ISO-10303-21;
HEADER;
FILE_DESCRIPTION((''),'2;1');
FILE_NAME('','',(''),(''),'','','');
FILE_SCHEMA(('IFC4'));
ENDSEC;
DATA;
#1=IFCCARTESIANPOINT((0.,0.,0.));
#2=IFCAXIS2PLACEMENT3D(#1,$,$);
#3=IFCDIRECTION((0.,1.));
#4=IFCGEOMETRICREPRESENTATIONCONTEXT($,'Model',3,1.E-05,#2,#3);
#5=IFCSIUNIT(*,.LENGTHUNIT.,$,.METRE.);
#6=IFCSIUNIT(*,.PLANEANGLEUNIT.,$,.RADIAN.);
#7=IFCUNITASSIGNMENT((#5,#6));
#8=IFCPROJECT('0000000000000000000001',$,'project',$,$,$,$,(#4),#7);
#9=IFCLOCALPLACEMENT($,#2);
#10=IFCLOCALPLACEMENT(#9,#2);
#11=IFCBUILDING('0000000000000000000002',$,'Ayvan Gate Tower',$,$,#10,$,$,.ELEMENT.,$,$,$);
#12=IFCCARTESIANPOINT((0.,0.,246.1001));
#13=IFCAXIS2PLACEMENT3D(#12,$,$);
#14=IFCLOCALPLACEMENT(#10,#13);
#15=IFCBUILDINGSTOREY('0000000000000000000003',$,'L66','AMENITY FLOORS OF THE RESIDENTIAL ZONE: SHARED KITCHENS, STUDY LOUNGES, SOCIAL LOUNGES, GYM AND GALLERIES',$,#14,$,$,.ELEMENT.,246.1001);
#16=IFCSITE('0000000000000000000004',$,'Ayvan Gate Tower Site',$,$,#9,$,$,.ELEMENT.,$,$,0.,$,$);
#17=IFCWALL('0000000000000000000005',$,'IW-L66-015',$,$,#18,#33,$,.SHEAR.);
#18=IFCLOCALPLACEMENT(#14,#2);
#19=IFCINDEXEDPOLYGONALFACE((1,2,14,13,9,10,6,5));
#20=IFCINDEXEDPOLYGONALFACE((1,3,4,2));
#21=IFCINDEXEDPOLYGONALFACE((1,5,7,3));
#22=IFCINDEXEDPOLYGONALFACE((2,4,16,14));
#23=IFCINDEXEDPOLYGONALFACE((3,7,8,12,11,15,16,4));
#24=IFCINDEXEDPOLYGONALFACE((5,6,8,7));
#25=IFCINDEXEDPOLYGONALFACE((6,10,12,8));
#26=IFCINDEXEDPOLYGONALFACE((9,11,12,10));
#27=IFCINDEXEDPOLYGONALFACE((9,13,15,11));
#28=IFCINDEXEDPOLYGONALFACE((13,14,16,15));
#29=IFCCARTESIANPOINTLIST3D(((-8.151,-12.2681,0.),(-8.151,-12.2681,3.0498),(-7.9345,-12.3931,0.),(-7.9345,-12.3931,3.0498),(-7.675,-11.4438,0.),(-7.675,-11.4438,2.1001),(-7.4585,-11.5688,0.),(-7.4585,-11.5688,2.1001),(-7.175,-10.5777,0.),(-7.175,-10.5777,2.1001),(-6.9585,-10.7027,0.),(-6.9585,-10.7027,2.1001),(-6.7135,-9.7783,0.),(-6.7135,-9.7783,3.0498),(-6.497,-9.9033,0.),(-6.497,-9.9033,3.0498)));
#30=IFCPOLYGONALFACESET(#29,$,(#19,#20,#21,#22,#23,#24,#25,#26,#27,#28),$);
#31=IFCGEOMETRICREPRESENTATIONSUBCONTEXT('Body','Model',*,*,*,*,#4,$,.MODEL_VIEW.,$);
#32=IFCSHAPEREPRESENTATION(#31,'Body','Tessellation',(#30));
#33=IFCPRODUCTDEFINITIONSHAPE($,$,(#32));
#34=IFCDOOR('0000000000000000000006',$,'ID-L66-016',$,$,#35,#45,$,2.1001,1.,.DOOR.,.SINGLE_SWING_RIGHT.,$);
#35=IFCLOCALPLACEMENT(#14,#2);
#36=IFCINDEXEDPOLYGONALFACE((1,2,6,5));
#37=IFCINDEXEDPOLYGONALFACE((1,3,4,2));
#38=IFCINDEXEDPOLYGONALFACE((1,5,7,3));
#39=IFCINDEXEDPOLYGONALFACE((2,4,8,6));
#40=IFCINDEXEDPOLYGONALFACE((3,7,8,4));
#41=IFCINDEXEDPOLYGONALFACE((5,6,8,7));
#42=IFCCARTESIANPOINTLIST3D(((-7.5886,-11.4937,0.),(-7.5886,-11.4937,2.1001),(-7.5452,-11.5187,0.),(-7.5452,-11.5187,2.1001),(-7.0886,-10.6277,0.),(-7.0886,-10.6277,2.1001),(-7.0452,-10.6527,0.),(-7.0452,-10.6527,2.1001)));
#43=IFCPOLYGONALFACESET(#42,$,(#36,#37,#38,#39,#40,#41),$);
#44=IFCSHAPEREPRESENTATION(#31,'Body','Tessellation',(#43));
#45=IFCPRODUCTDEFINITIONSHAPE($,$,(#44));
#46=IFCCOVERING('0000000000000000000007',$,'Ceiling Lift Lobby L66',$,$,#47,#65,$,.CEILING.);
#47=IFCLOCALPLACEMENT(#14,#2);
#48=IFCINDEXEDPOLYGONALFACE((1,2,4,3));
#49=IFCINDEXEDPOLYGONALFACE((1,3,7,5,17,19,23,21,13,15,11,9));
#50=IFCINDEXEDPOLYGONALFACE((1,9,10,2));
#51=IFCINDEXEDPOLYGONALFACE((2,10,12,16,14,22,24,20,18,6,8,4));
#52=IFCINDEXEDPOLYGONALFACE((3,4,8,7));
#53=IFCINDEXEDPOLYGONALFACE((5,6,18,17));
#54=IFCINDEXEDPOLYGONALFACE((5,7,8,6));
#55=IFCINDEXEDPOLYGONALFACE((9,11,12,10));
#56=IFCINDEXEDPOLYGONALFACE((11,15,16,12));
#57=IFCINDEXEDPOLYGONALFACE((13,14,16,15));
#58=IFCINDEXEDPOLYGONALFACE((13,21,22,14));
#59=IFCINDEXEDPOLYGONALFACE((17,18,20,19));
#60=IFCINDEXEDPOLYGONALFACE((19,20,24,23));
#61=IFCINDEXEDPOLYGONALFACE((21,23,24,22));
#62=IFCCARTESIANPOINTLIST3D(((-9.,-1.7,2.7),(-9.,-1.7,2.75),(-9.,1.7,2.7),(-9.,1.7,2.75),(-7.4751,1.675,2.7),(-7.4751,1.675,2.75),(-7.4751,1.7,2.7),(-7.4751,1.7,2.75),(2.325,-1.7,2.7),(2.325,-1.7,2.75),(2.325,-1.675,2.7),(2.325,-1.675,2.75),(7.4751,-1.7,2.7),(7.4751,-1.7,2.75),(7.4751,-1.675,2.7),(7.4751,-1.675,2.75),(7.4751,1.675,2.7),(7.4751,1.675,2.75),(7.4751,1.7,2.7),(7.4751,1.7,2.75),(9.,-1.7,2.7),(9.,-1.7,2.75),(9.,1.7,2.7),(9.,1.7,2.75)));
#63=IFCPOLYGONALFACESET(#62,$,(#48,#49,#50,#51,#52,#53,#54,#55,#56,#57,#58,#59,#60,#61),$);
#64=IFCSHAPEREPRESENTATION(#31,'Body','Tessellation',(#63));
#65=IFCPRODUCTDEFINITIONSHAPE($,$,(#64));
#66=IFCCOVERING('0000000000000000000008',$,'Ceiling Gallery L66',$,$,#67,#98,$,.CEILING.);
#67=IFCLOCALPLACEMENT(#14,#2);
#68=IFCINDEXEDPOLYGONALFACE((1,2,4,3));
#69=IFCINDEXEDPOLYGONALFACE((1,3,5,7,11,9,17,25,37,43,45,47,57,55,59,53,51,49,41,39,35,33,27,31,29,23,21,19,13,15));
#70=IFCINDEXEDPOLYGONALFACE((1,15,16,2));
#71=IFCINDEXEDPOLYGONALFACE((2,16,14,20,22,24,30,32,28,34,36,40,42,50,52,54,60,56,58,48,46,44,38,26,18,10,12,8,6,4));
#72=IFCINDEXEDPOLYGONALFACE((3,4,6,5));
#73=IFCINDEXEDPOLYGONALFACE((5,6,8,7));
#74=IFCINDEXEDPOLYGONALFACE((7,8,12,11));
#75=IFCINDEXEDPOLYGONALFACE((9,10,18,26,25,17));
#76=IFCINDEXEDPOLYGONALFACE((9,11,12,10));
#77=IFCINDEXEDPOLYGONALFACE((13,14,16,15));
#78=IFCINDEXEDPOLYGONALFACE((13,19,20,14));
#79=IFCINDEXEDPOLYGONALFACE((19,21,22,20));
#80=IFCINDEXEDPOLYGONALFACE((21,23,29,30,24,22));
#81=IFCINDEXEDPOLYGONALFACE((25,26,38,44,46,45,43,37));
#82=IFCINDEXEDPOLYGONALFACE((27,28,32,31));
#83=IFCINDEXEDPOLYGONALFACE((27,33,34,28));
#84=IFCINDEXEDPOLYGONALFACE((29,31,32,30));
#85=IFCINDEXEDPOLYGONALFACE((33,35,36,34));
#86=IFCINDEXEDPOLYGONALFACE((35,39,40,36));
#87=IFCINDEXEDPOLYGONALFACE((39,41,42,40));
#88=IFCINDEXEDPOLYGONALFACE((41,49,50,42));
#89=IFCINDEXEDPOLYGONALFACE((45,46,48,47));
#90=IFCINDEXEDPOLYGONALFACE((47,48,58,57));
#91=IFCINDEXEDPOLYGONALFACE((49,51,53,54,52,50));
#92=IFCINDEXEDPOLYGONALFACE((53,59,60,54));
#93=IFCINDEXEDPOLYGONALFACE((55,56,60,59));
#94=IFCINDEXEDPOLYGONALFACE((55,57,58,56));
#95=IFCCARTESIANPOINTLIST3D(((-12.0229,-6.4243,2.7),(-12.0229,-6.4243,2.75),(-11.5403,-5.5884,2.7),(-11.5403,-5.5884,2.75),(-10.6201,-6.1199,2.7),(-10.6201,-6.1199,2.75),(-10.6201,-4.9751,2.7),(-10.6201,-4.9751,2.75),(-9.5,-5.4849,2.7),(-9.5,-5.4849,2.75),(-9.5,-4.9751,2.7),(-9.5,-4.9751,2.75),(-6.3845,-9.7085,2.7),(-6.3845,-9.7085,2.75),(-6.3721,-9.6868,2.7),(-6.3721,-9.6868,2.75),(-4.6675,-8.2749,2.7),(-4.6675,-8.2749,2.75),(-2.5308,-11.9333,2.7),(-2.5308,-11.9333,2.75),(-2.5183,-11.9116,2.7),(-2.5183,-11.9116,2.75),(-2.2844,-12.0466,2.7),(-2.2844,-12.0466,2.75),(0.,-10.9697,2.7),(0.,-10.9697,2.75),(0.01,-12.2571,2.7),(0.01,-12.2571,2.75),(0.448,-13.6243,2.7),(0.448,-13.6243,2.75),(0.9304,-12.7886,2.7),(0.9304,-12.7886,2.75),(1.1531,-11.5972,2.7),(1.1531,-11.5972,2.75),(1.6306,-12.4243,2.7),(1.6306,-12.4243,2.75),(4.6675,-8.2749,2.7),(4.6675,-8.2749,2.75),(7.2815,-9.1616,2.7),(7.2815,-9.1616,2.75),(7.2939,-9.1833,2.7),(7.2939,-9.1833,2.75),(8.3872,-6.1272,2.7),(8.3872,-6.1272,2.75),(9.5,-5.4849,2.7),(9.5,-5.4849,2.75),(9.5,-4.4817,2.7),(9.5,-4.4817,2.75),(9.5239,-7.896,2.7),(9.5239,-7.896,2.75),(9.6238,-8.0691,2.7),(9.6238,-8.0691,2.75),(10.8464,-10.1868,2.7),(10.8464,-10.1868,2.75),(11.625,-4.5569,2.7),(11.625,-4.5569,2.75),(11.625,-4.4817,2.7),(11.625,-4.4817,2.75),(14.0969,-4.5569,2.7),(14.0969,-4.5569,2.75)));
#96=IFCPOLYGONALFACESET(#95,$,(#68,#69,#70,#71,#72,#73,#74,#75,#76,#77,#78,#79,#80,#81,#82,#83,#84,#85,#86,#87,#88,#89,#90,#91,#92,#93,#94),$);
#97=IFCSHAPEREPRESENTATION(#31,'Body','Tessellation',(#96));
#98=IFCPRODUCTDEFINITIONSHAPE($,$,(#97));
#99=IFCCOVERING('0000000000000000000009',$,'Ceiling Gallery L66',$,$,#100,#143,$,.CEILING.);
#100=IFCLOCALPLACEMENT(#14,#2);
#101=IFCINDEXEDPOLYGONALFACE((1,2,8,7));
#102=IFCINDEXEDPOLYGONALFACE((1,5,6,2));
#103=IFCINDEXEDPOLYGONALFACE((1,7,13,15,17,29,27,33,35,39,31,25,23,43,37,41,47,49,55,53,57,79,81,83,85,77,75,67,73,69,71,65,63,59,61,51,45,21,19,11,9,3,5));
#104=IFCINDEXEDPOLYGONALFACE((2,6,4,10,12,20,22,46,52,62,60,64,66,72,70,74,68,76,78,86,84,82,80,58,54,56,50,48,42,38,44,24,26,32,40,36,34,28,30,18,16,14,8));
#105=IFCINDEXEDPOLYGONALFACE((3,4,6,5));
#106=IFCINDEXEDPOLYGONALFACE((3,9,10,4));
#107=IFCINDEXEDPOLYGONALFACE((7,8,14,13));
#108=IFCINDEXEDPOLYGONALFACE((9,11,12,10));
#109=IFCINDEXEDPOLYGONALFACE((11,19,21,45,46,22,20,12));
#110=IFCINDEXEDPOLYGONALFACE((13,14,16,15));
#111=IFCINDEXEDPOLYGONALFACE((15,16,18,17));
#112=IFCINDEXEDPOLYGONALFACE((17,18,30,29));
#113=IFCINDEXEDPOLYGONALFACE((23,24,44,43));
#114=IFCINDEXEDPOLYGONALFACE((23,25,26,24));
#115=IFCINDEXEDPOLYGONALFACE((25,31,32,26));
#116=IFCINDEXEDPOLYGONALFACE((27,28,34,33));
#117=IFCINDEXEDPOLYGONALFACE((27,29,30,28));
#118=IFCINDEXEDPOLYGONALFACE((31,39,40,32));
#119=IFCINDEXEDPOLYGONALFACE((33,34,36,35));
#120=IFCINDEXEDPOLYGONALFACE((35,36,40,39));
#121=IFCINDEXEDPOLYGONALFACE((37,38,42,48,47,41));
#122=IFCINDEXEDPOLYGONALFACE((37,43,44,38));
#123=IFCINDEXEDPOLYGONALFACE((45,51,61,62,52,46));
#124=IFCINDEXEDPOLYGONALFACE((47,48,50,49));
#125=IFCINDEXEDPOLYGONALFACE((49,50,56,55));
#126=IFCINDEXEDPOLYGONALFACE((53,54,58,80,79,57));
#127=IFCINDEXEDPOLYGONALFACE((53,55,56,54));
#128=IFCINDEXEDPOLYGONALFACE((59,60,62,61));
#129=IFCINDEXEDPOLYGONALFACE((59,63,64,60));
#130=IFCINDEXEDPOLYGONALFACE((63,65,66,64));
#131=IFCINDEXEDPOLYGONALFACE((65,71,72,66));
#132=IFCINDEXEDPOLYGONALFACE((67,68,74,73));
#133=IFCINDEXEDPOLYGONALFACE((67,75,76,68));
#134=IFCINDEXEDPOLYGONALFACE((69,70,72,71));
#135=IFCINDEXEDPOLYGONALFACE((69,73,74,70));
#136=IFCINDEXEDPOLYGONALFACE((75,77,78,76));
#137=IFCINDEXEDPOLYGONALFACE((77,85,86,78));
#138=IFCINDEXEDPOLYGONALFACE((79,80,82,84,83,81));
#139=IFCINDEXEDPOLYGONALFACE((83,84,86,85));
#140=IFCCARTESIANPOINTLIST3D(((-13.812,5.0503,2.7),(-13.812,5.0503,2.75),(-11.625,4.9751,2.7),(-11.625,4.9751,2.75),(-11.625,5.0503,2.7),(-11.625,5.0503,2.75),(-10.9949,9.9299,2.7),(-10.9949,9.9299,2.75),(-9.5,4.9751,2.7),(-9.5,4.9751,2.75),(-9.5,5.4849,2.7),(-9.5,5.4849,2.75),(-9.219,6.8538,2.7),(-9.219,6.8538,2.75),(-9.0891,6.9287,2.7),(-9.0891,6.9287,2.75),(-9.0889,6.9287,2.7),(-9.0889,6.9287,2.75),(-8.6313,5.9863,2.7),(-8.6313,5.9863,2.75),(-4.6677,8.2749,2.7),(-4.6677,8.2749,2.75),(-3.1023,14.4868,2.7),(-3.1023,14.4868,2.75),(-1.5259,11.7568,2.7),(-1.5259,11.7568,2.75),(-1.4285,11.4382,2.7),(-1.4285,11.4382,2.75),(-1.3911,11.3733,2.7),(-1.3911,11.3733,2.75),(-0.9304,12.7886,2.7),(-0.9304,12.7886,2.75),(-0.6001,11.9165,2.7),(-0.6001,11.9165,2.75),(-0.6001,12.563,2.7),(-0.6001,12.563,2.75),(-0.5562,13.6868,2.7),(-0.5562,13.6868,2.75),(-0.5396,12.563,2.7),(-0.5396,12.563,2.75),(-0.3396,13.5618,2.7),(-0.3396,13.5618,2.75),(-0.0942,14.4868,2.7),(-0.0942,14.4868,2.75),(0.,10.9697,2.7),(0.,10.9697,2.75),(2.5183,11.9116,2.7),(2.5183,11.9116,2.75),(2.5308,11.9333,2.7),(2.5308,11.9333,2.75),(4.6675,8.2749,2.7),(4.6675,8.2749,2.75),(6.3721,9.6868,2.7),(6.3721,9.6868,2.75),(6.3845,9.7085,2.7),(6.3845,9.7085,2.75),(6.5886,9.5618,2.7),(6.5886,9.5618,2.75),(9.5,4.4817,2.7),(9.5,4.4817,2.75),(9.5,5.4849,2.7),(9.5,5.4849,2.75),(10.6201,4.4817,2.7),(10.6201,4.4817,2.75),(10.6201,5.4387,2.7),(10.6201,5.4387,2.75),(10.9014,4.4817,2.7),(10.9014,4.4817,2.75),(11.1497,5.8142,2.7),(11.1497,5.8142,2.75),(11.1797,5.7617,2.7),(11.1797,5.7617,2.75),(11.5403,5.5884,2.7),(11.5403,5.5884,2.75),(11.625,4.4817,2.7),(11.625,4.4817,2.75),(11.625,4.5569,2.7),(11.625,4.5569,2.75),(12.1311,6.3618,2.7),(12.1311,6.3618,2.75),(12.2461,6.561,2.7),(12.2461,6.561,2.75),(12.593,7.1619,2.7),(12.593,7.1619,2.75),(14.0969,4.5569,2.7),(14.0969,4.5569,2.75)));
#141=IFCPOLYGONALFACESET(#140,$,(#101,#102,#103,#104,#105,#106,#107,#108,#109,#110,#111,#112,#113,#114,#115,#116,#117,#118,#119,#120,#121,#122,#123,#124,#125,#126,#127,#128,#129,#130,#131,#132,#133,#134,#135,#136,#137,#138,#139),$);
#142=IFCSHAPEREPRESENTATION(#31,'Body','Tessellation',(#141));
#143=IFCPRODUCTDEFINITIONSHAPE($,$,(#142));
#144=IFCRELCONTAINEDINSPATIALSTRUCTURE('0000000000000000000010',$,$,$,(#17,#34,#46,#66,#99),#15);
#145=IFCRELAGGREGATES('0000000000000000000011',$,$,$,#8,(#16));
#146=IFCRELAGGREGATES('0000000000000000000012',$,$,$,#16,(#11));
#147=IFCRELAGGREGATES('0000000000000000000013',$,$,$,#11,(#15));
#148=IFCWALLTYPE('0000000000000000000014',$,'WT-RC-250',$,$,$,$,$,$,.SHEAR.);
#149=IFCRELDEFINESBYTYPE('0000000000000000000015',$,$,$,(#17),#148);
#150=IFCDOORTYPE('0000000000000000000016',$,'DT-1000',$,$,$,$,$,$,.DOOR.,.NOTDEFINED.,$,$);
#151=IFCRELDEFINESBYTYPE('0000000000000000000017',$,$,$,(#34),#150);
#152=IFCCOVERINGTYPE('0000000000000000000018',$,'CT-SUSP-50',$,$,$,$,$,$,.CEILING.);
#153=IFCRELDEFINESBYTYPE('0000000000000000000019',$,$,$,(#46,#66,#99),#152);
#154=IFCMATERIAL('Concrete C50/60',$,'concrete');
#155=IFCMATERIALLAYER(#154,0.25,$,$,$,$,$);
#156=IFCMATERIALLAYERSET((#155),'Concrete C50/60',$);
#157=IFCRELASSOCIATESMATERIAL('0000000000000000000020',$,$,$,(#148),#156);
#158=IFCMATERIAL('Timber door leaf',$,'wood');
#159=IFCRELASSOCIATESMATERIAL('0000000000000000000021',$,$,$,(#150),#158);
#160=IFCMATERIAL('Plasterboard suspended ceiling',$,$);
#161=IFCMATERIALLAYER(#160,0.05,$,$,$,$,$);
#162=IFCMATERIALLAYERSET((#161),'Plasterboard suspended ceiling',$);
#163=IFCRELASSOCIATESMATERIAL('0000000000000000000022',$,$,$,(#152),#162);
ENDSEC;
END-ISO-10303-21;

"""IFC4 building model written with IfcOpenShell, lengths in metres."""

from ifc_helpers import new_model, si_unit, direction, frame, frame_2d, origin, place, context, subcontext, project, spatial, polyline, rectangle, outline, extrude, material, layer, layer_set, type_object, element, fill, save


model = new_model("IFC4")

# Units and contexts
model_context = context("Model", 3, precision=1e-05, world=origin(), true_north=direction((0.0, 1.0)))
body_context = subcontext(model_context, "Body", "Model", "MODEL_VIEW")
ifc_project = project(units=[si_unit("LENGTHUNIT", "METRE"), si_unit("PLANEANGLEUNIT", "RADIAN")], contexts=[model_context])

# Site, building, storey
site_placement = place(None, origin())
site = spatial("IfcSite", under=ifc_project, at=site_placement, Name="Ayvan Gate Tower Site", CompositionType="ELEMENT", RefElevation=0.0)
building_placement = place(site_placement, origin())
building = spatial("IfcBuilding", under=site, at=building_placement, Name="Ayvan Gate Tower", CompositionType="ELEMENT")
storey_placement = place(building_placement, frame((0.0, 0.0, 246.1001)))
storey = spatial("IfcBuildingStorey", under=building, at=storey_placement, Name="L66", Description="AMENITY FLOORS OF THE RESIDENTIAL ZONE: SHARED KITCHENS, STUDY LOUNGES, SOCIAL LOUNGES, GYM AND GALLERIES", CompositionType="ELEMENT", Elevation=246.1001)

# Shared definitions
ifc_material_1 = material(Name="Timber door leaf", Category="wood")

# Wall, opening, door
ifc_material_2 = material(Name="Concrete C50/60", Category="concrete")
ifc_layer_1 = layer(ifc_material_2, 0.25)
ifc_layer_set_1 = layer_set([ifc_layer_1], Name="Concrete C50/60")
wall_type_1 = type_object("IfcWallType", Name="WT-RC-250", PredefinedType="SHEAR", material=ifc_layer_set_1)
wall_1_placement = place(storey_placement, frame((-6.6052, -9.8408, 0.0), z_axis=(0.0, 0.0, 1.0), x_axis=(-0.500012, -0.866019, 0.0)))
wall_1 = element("IfcWall", 1, at=wall_1_placement, inside=storey, type_object=wall_type_1, Name="IW-L66-015", PredefinedType="SHEAR", context=body_context, shape_type="SweptSolid", body=[
    extrude(rectangle(XDim=2.875, YDim=0.25, at=frame_2d((1.4375, 0.0))), origin(), (0.0, 0.0, 1.0), 3.0498),
])
opening_1_placement = place(wall_1_placement, frame((0.9231, 0.0, 0.0)))
opening_1 = element("IfcOpeningElement", 2, at=opening_1_placement, cuts=wall_1, PredefinedType="OPENING", context=body_context, shape_type="SweptSolid", body=[
    extrude(rectangle(XDim=1.0, YDim=2.1001, at=frame_2d((0.5, 1.05))), frame((0.0, 0.135, 0.0), z_axis=(0.0, -1.0, 0.0), x_axis=(1.0, 0.0, 0.0)), (0.0, 0.0, 1.0), 0.27),
])
door_type_1 = type_object("IfcDoorType", Name="DT-1000", OperationType="NOTDEFINED", PredefinedType="DOOR", material=ifc_material_1)
door_1_placement = place(opening_1_placement, origin())
door_1 = element("IfcDoor", 3, at=door_1_placement, inside=storey, type_object=door_type_1, Name="ID-L66-016", OperationType="SINGLE_SWING_RIGHT", OverallHeight=2.1001, OverallWidth=1.0, PredefinedType="DOOR", context=body_context, shape_type="SweptSolid", body=[
    extrude(rectangle(XDim=1.0, YDim=2.1001, at=frame_2d((0.5, 1.05))), frame((0.0, 0.0249, 0.0), z_axis=(0.0, -1.0, 0.0), x_axis=(1.0, 0.0, 0.0)), (0.0, 0.0, 1.0), 0.05),
])
fill(opening_1, door_1)

# Coverings
ifc_material_3 = material(Name="Plasterboard suspended ceiling")
ifc_layer_2 = layer(ifc_material_3, 0.05)
ifc_layer_set_2 = layer_set([ifc_layer_2], Name="Plasterboard suspended ceiling")
covering_type = type_object("IfcCoveringType", Name="CT-SUSP-50", PredefinedType="CEILING", material=ifc_layer_set_2)
covering_1_placement = place(storey_placement, frame((0.0, 0.0, 2.7)))
element("IfcCovering", 4, at=covering_1_placement, inside=storey, type_object=covering_type, Name="Ceiling Lift Lobby L66", PredefinedType="CEILING", context=body_context, shape_type="SweptSolid", body=[
    extrude(outline(polyline([(7.4751, -1.675), (2.325, -1.675), (2.325, -1.7), (-9.0, -1.7), (-9.0, 1.7), (-7.4751, 1.7), (-7.4751, 1.675), (7.4751, 1.675), (7.4751, 1.7), (9.0, 1.7), (9.0, -1.7), (7.4751, -1.7), (7.4751, -1.675)])), origin(), (0.0, 0.0, 1.0), 0.05),
])
covering_2_placement = place(storey_placement, frame((0.0, 0.0, 2.7)))
element("IfcCovering", 5, at=covering_2_placement, inside=storey, type_object=covering_type, Name="Ceiling Gallery L66", PredefinedType="CEILING", context=body_context, shape_type="SweptSolid", body=[
    extrude(outline(polyline([(-4.6675, -8.2749), (0.0, -10.9697), (4.6675, -8.2749), (8.3872, -6.1272), (9.5, -5.4849), (9.5, -4.4817), (11.625, -4.4817), (11.625, -4.5569), (14.0969, -4.5569), (10.8464, -10.1868), (9.6238, -8.0691), (9.5239, -7.896), (7.2939, -9.1833), (7.2815, -9.1616), (1.6306, -12.4243), (1.1531, -11.5972), (0.01, -12.2571), (0.9304, -12.7886), (0.448, -13.6243), (-2.2844, -12.0466), (-2.5183, -11.9116), (-2.5308, -11.9333), (-6.3845, -9.7085), (-6.3721, -9.6868), (-12.0229, -6.4243), (-11.5403, -5.5884), (-10.6201, -6.1199), (-10.6201, -4.9751), (-9.5, -4.9751), (-9.5, -5.4849), (-4.6675, -8.2749)])), origin(), (0.0, 0.0, 1.0), 0.05),
])
covering_3_placement = place(storey_placement, frame((0.0, 0.0, 2.7)))
element("IfcCovering", 6, at=covering_3_placement, inside=storey, type_object=covering_type, Name="Ceiling Gallery L66", PredefinedType="CEILING", context=body_context, shape_type="SweptSolid", body=[
    extrude(outline(polyline([(-9.0891, 6.9287), (-9.0889, 6.9287), (-1.3911, 11.3733), (-1.4285, 11.4382), (-0.6001, 11.9165), (-0.6001, 12.563), (-0.5396, 12.563), (-0.9304, 12.7886), (-1.5259, 11.7568), (-3.1023, 14.4868), (-0.0942, 14.4868), (-0.5562, 13.6868), (-0.3396, 13.5618), (2.5183, 11.9116), (2.5308, 11.9333), (6.3845, 9.7085), (6.3721, 9.6868), (6.5886, 9.5618), (12.1311, 6.3618), (12.2461, 6.561), (12.593, 7.1619), (14.0969, 4.5569), (11.625, 4.5569), (11.625, 4.4817), (10.9014, 4.4817), (11.5403, 5.5884), (11.1497, 5.8142), (11.1797, 5.7617), (10.6201, 5.4387), (10.6201, 4.4817), (9.5, 4.4817), (9.5, 5.4849), (4.6675, 8.2749), (0.0, 10.9697), (-4.6677, 8.2749), (-8.6313, 5.9863), (-9.5, 5.4849), (-9.5, 4.9751), (-11.625, 4.9751), (-11.625, 5.0503), (-13.812, 5.0503), (-10.9949, 9.9299), (-9.219, 6.8538), (-9.0891, 6.9287)])), origin(), (0.0, 0.0, 1.0), 0.05),
])

save(model, "model.ifc")
